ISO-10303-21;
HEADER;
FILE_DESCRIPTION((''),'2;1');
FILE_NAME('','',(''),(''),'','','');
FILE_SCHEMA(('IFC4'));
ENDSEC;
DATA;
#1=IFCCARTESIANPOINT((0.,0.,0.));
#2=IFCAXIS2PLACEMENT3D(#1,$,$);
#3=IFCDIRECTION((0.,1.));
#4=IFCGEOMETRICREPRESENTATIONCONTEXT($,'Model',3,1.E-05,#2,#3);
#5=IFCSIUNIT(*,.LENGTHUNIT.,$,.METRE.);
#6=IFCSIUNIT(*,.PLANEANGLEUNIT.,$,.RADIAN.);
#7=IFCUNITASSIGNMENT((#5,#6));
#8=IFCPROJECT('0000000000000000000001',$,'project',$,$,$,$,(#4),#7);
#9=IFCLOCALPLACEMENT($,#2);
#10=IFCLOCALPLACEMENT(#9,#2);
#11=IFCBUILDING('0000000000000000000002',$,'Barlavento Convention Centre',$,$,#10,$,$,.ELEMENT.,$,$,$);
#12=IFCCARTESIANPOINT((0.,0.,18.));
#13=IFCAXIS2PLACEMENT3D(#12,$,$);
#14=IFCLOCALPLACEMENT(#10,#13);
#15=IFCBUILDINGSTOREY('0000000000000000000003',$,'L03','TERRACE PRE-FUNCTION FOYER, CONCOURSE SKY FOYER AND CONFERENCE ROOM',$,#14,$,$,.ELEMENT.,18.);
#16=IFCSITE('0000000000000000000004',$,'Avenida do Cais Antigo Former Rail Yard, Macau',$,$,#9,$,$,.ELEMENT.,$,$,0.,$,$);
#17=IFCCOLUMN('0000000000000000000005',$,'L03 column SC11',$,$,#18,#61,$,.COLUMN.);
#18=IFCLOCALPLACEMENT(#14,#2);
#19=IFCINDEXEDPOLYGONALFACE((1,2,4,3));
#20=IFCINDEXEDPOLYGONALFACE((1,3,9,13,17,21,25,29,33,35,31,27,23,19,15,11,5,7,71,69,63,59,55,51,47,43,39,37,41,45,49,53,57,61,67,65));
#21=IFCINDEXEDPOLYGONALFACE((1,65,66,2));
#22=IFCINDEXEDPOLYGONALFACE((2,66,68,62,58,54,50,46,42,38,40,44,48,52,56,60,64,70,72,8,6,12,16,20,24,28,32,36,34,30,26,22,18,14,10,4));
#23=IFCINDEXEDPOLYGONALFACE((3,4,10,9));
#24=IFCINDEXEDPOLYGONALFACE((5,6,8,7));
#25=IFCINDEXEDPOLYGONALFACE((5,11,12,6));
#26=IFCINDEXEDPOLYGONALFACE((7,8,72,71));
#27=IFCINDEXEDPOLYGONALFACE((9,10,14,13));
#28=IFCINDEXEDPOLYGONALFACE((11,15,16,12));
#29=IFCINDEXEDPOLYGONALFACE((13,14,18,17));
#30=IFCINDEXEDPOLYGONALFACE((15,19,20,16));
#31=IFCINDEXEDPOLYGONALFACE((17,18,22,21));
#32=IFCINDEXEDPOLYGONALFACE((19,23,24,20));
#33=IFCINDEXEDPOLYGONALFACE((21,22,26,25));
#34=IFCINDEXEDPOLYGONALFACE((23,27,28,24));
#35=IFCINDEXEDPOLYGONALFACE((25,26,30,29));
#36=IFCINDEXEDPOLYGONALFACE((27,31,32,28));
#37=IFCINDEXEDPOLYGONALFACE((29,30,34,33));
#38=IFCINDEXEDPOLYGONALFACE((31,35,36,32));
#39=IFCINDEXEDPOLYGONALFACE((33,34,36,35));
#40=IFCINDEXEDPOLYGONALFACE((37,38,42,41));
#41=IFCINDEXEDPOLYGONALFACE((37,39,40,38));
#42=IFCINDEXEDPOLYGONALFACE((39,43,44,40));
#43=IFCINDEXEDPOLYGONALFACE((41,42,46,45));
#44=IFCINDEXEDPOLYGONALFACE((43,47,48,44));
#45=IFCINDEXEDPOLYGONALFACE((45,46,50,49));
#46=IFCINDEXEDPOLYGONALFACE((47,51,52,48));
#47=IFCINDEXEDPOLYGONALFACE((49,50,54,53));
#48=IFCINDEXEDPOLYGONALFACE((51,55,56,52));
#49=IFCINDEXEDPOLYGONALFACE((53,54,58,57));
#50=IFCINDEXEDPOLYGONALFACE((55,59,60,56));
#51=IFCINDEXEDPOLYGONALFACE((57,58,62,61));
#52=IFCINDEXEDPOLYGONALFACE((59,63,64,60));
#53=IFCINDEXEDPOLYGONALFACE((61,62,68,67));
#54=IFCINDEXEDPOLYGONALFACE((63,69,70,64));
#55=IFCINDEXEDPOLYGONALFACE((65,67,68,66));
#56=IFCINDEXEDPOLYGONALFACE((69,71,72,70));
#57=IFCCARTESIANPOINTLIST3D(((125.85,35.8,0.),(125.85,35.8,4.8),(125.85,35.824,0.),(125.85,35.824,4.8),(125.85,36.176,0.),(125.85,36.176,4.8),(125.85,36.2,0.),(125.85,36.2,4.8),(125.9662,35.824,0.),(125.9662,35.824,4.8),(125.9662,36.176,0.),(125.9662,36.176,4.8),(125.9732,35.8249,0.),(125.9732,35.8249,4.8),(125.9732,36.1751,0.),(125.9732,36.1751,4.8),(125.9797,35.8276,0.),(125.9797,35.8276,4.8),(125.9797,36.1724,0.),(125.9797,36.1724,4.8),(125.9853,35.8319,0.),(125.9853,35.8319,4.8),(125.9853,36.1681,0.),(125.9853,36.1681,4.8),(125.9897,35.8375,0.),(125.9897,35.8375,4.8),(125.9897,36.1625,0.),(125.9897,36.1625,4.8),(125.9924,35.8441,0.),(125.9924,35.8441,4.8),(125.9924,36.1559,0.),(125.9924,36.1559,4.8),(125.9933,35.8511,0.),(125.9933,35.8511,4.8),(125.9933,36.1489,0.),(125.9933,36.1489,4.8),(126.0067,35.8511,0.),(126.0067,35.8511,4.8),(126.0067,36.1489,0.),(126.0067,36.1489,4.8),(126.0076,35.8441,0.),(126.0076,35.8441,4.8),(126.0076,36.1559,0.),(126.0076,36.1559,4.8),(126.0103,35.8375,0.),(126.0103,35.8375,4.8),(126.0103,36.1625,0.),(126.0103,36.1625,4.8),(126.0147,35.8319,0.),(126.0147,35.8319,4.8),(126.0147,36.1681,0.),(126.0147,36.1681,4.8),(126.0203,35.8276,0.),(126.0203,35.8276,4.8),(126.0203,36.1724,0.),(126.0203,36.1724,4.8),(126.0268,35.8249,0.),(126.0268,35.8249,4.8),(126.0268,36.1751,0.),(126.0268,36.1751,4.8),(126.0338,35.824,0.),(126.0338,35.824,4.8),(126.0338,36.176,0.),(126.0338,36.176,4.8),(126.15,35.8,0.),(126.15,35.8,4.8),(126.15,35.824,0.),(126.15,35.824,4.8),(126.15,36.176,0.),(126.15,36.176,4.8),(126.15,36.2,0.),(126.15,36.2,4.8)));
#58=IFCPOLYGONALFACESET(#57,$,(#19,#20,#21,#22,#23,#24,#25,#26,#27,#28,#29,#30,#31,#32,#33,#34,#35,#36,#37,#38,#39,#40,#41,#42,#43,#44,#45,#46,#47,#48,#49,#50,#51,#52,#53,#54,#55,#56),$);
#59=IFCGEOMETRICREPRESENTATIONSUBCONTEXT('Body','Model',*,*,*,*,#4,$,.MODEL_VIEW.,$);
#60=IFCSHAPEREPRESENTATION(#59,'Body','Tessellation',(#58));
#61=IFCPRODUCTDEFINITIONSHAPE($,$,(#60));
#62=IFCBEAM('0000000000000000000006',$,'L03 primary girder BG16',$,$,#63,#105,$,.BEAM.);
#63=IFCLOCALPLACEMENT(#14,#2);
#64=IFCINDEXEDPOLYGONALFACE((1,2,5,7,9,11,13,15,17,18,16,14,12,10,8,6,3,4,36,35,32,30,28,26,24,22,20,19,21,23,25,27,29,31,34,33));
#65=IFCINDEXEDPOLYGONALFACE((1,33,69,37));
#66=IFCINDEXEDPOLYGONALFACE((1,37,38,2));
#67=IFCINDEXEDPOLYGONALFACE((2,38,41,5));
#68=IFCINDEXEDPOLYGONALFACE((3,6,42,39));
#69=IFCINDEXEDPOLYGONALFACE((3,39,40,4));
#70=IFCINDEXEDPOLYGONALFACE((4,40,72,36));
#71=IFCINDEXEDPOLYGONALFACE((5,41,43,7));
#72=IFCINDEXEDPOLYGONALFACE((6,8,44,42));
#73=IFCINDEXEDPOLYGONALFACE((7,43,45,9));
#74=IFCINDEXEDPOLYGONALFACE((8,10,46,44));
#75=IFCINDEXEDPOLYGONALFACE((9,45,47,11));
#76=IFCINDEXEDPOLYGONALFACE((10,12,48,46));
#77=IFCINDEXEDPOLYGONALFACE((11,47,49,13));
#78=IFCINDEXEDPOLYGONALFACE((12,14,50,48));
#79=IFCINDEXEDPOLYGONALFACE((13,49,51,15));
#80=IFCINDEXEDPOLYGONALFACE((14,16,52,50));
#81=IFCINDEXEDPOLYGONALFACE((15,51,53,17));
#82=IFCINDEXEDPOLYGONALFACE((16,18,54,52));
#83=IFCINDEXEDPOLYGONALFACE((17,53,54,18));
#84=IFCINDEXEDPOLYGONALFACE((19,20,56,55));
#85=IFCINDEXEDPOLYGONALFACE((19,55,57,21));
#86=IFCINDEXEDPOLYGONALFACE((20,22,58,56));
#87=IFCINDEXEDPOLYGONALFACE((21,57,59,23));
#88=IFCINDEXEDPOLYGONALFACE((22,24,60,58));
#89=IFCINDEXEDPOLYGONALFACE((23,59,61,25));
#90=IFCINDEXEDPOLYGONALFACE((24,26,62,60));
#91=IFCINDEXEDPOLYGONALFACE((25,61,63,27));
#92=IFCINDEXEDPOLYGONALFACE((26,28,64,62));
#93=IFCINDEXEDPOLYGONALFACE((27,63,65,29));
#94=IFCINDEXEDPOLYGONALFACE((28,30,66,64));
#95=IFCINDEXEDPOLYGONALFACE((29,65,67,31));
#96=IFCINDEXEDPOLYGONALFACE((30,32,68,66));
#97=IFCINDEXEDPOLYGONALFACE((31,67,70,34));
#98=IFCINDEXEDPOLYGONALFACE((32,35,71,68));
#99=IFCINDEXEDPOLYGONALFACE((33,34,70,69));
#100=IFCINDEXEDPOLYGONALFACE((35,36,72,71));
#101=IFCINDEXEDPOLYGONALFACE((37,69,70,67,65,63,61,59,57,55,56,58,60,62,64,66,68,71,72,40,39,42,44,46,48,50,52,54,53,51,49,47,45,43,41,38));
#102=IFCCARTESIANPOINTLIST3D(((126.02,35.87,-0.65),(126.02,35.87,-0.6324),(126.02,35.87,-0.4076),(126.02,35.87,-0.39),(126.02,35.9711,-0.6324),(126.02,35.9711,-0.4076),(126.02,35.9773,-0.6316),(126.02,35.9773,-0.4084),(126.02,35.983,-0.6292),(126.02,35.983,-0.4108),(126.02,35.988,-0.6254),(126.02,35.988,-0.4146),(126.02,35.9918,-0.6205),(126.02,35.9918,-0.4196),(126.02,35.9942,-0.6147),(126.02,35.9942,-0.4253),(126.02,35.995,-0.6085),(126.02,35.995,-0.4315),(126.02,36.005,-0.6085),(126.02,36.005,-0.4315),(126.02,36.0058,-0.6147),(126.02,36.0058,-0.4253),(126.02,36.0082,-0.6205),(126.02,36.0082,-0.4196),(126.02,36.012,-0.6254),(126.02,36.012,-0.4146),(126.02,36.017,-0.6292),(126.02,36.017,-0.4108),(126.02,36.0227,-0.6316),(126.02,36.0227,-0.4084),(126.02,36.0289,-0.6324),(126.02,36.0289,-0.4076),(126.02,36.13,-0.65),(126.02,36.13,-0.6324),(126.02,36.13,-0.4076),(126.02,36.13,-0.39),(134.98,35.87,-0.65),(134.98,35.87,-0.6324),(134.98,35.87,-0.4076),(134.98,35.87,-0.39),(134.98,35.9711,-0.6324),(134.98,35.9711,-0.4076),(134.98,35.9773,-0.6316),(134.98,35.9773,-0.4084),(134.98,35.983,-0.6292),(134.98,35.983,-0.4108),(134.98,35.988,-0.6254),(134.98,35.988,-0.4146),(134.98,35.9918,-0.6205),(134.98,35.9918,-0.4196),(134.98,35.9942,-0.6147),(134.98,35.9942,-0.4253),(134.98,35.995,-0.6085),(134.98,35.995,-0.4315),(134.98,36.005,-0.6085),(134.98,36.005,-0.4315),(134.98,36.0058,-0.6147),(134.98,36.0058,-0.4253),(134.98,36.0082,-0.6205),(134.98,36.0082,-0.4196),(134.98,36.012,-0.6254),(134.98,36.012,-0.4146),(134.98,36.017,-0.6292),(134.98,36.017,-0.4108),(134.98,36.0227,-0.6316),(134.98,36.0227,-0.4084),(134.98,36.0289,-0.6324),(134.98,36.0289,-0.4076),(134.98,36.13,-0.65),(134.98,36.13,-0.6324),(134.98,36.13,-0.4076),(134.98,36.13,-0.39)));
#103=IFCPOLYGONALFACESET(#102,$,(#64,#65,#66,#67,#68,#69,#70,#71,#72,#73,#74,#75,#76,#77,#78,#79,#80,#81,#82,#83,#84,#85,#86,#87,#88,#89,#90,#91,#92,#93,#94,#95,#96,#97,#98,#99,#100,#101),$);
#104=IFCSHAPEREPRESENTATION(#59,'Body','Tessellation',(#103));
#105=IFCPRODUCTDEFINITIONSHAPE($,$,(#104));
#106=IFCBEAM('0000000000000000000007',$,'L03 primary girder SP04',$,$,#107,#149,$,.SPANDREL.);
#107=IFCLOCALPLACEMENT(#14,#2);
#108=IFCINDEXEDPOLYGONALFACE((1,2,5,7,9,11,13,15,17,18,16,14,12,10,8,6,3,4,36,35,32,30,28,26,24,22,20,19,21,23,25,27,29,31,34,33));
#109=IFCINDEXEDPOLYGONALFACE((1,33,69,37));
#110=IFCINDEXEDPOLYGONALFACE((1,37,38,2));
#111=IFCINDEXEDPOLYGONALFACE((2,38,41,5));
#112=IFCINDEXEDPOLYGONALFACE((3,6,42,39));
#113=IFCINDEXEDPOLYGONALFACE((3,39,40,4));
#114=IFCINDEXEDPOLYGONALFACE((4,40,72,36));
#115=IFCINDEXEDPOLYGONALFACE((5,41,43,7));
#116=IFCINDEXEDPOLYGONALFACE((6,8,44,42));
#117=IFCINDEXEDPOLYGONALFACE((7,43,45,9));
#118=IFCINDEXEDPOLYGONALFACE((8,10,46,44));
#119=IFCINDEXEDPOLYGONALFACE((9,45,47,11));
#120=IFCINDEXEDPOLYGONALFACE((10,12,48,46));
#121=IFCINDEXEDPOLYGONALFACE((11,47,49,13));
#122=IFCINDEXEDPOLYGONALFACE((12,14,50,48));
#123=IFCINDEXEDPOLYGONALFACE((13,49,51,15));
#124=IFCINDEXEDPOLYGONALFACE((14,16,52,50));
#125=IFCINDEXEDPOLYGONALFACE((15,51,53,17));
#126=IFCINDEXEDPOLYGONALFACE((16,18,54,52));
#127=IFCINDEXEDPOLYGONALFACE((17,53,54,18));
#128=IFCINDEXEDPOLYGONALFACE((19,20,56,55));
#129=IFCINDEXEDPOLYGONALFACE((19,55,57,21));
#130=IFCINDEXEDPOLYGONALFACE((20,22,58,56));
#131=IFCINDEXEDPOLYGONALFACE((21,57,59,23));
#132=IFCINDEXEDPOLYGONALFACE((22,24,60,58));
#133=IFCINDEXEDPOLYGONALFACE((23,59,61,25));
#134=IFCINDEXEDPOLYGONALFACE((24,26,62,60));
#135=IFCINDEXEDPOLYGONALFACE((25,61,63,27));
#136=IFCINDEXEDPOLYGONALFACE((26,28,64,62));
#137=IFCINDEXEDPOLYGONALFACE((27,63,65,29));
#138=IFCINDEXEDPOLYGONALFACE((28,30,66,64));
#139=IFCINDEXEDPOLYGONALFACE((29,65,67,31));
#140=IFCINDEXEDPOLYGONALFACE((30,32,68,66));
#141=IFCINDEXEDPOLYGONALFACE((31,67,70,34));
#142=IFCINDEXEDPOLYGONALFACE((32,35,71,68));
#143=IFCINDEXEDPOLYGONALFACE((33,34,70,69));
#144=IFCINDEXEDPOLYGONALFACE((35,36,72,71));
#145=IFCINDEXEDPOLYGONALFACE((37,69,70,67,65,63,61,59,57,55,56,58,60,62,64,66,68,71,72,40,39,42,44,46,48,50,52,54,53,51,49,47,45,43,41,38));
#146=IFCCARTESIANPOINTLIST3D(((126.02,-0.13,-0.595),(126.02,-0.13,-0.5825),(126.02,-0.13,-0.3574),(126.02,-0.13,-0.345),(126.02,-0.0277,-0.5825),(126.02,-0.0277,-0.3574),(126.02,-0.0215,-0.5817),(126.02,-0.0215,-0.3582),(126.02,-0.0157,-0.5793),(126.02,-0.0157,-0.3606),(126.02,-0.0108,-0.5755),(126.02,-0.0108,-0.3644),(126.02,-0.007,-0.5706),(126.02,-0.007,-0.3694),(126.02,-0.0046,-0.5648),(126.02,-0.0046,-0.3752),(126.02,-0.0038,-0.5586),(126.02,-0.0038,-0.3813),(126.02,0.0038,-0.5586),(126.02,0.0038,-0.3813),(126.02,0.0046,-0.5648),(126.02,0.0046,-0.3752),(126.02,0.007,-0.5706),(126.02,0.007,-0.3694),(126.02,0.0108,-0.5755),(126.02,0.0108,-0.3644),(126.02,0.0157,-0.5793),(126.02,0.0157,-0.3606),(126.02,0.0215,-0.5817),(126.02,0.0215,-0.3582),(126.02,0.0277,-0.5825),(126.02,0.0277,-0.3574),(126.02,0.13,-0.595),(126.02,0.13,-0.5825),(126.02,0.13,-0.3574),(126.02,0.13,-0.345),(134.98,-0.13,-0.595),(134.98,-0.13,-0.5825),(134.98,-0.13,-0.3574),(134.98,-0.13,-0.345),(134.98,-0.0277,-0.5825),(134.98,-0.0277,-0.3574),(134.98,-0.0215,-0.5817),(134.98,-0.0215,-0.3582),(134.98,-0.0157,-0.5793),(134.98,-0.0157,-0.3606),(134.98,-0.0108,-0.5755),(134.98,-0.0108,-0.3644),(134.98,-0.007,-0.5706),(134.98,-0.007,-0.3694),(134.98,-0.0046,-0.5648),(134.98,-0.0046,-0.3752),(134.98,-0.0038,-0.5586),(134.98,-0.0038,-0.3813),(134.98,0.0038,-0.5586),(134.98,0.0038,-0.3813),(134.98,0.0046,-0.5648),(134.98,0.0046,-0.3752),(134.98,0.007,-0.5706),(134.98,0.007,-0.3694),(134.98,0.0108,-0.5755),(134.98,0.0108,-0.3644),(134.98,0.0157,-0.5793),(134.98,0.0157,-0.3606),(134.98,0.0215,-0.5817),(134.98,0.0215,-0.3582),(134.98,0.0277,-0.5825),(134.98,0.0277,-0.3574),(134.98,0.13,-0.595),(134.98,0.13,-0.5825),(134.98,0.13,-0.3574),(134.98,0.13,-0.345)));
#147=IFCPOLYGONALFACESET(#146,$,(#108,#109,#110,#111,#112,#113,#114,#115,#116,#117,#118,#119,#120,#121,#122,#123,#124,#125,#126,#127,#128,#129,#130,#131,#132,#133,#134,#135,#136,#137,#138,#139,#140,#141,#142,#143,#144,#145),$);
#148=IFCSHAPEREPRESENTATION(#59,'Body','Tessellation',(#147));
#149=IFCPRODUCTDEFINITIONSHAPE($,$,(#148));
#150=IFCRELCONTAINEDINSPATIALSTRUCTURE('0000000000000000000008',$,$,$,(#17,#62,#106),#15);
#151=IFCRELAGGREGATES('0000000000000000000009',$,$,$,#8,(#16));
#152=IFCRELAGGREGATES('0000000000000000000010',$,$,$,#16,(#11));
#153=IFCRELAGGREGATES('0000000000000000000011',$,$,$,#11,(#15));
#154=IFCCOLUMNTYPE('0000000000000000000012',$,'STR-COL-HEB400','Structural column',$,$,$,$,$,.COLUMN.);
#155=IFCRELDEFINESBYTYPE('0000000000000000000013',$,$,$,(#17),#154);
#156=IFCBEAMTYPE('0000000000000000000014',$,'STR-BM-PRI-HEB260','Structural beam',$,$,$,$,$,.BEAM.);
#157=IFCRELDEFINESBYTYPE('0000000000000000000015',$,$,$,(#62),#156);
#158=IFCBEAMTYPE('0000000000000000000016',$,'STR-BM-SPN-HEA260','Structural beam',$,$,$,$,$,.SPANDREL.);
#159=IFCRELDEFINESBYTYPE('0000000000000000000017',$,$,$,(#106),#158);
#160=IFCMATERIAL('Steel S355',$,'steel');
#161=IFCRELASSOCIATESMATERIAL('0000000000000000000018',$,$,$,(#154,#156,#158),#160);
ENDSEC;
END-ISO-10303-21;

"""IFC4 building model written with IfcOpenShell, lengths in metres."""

from ifc_helpers import new_model, si_unit, direction, frame, origin, origin_2d, place, context, subcontext, project, spatial, i_section, extrude, material, material_profile, profile_set, type_object, element, save


model = new_model("IFC4")

# Units and contexts
model_context = context("Model", 3, precision=1e-05, world=origin(), true_north=direction((0.0, 1.0)))
body_context = subcontext(model_context, "Body", "Model", "MODEL_VIEW")
ifc_project = project(units=[si_unit("LENGTHUNIT", "METRE"), si_unit("PLANEANGLEUNIT", "RADIAN")], contexts=[model_context])

# Site, building, storey
site_placement = place(None, origin())
site = spatial("IfcSite", under=ifc_project, at=site_placement, Name="Avenida do Cais Antigo Former Rail Yard, Macau", CompositionType="ELEMENT", RefElevation=0.0)
building_placement = place(site_placement, origin())
building = spatial("IfcBuilding", under=site, at=building_placement, Name="Barlavento Convention Centre", CompositionType="ELEMENT")
storey_placement = place(building_placement, frame((0.0, 0.0, 18.0)))
storey = spatial("IfcBuildingStorey", under=building, at=storey_placement, Name="L03", Description="TERRACE PRE-FUNCTION FOYER, CONCOURSE SKY FOYER AND CONFERENCE ROOM", CompositionType="ELEMENT", Elevation=18.0)

# Column
ifc_material_1 = material(Name="Steel S355", Category="steel")
ifc_material_profile_1 = material_profile(ifc_material_1, i_section(OverallWidth=0.3, OverallDepth=0.3999, WebThickness=0.0134, FlangeThickness=0.0239, FilletRadius=0.0271, at=origin_2d()), Name="HEB 400")
ifc_profile_set_1 = profile_set([ifc_material_profile_1], Name="Steel S355")
column_type = type_object("IfcColumnType", Name="STR-COL-HEB400", Description="Structural column", PredefinedType="COLUMN", material=ifc_profile_set_1)
column_placement = place(storey_placement, frame((126.0, 36.0, 0.0), z_axis=(0.0, 0.0, 1.0), x_axis=(1.0, 0.0, 0.0)))
element("IfcColumn", 1, at=column_placement, inside=storey, type_object=column_type, Name="L03 column SC11", PredefinedType="COLUMN", context=body_context, shape_type="SweptSolid", body=[
    extrude(i_section(OverallWidth=0.3, OverallDepth=0.3999, WebThickness=0.0134, FlangeThickness=0.0239, FilletRadius=0.0271, at=origin_2d()), origin(), (0.0, 0.0, 1.0), 4.8),
])

# Beams
ifc_material_profile_2 = material_profile(ifc_material_1, i_section(OverallWidth=0.26, OverallDepth=0.26, WebThickness=0.01, FlangeThickness=0.0176, FilletRadius=0.0239, at=origin_2d()), Name="HEB 260")
ifc_profile_set_2 = profile_set([ifc_material_profile_2], Name="Steel S355")
beam_type_1 = type_object("IfcBeamType", Name="STR-BM-PRI-HEB260", Description="Structural beam", PredefinedType="BEAM", material=ifc_profile_set_2)
beam_1_placement = place(storey_placement, frame((126.02, 36.0, -0.52), z_axis=(1.0, 0.0, 0.0), x_axis=(0.0, 1.0, 0.0)))
element("IfcBeam", 2, at=beam_1_placement, inside=storey, type_object=beam_type_1, Name="L03 primary girder BG16", PredefinedType="BEAM", context=body_context, shape_type="SweptSolid", body=[
    extrude(i_section(OverallWidth=0.26, OverallDepth=0.26, WebThickness=0.01, FlangeThickness=0.0176, FilletRadius=0.0239, at=origin_2d()), origin(), (0.0, 0.0, 1.0), 8.96),
])
ifc_material_profile_3 = material_profile(ifc_material_1, i_section(OverallWidth=0.26, OverallDepth=0.25, WebThickness=0.0076, FlangeThickness=0.0125, FilletRadius=0.0239, at=origin_2d()), Name="HEA 260")
ifc_profile_set_3 = profile_set([ifc_material_profile_3], Name="Steel S355")
beam_type_2 = type_object("IfcBeamType", Name="STR-BM-SPN-HEA260", Description="Structural beam", PredefinedType="SPANDREL", material=ifc_profile_set_3)
beam_2_placement = place(storey_placement, frame((126.02, 0.0, -0.47), z_axis=(1.0, 0.0, 0.0), x_axis=(0.0, 1.0, 0.0)))
element("IfcBeam", 3, at=beam_2_placement, inside=storey, type_object=beam_type_2, Name="L03 primary girder SP04", PredefinedType="SPANDREL", context=body_context, shape_type="SweptSolid", body=[
    extrude(i_section(OverallWidth=0.26, OverallDepth=0.25, WebThickness=0.0076, FlangeThickness=0.0125, FilletRadius=0.0239, at=origin_2d()), origin(), (0.0, 0.0, 1.0), 8.96),
])

save(model, "model.ifc")
